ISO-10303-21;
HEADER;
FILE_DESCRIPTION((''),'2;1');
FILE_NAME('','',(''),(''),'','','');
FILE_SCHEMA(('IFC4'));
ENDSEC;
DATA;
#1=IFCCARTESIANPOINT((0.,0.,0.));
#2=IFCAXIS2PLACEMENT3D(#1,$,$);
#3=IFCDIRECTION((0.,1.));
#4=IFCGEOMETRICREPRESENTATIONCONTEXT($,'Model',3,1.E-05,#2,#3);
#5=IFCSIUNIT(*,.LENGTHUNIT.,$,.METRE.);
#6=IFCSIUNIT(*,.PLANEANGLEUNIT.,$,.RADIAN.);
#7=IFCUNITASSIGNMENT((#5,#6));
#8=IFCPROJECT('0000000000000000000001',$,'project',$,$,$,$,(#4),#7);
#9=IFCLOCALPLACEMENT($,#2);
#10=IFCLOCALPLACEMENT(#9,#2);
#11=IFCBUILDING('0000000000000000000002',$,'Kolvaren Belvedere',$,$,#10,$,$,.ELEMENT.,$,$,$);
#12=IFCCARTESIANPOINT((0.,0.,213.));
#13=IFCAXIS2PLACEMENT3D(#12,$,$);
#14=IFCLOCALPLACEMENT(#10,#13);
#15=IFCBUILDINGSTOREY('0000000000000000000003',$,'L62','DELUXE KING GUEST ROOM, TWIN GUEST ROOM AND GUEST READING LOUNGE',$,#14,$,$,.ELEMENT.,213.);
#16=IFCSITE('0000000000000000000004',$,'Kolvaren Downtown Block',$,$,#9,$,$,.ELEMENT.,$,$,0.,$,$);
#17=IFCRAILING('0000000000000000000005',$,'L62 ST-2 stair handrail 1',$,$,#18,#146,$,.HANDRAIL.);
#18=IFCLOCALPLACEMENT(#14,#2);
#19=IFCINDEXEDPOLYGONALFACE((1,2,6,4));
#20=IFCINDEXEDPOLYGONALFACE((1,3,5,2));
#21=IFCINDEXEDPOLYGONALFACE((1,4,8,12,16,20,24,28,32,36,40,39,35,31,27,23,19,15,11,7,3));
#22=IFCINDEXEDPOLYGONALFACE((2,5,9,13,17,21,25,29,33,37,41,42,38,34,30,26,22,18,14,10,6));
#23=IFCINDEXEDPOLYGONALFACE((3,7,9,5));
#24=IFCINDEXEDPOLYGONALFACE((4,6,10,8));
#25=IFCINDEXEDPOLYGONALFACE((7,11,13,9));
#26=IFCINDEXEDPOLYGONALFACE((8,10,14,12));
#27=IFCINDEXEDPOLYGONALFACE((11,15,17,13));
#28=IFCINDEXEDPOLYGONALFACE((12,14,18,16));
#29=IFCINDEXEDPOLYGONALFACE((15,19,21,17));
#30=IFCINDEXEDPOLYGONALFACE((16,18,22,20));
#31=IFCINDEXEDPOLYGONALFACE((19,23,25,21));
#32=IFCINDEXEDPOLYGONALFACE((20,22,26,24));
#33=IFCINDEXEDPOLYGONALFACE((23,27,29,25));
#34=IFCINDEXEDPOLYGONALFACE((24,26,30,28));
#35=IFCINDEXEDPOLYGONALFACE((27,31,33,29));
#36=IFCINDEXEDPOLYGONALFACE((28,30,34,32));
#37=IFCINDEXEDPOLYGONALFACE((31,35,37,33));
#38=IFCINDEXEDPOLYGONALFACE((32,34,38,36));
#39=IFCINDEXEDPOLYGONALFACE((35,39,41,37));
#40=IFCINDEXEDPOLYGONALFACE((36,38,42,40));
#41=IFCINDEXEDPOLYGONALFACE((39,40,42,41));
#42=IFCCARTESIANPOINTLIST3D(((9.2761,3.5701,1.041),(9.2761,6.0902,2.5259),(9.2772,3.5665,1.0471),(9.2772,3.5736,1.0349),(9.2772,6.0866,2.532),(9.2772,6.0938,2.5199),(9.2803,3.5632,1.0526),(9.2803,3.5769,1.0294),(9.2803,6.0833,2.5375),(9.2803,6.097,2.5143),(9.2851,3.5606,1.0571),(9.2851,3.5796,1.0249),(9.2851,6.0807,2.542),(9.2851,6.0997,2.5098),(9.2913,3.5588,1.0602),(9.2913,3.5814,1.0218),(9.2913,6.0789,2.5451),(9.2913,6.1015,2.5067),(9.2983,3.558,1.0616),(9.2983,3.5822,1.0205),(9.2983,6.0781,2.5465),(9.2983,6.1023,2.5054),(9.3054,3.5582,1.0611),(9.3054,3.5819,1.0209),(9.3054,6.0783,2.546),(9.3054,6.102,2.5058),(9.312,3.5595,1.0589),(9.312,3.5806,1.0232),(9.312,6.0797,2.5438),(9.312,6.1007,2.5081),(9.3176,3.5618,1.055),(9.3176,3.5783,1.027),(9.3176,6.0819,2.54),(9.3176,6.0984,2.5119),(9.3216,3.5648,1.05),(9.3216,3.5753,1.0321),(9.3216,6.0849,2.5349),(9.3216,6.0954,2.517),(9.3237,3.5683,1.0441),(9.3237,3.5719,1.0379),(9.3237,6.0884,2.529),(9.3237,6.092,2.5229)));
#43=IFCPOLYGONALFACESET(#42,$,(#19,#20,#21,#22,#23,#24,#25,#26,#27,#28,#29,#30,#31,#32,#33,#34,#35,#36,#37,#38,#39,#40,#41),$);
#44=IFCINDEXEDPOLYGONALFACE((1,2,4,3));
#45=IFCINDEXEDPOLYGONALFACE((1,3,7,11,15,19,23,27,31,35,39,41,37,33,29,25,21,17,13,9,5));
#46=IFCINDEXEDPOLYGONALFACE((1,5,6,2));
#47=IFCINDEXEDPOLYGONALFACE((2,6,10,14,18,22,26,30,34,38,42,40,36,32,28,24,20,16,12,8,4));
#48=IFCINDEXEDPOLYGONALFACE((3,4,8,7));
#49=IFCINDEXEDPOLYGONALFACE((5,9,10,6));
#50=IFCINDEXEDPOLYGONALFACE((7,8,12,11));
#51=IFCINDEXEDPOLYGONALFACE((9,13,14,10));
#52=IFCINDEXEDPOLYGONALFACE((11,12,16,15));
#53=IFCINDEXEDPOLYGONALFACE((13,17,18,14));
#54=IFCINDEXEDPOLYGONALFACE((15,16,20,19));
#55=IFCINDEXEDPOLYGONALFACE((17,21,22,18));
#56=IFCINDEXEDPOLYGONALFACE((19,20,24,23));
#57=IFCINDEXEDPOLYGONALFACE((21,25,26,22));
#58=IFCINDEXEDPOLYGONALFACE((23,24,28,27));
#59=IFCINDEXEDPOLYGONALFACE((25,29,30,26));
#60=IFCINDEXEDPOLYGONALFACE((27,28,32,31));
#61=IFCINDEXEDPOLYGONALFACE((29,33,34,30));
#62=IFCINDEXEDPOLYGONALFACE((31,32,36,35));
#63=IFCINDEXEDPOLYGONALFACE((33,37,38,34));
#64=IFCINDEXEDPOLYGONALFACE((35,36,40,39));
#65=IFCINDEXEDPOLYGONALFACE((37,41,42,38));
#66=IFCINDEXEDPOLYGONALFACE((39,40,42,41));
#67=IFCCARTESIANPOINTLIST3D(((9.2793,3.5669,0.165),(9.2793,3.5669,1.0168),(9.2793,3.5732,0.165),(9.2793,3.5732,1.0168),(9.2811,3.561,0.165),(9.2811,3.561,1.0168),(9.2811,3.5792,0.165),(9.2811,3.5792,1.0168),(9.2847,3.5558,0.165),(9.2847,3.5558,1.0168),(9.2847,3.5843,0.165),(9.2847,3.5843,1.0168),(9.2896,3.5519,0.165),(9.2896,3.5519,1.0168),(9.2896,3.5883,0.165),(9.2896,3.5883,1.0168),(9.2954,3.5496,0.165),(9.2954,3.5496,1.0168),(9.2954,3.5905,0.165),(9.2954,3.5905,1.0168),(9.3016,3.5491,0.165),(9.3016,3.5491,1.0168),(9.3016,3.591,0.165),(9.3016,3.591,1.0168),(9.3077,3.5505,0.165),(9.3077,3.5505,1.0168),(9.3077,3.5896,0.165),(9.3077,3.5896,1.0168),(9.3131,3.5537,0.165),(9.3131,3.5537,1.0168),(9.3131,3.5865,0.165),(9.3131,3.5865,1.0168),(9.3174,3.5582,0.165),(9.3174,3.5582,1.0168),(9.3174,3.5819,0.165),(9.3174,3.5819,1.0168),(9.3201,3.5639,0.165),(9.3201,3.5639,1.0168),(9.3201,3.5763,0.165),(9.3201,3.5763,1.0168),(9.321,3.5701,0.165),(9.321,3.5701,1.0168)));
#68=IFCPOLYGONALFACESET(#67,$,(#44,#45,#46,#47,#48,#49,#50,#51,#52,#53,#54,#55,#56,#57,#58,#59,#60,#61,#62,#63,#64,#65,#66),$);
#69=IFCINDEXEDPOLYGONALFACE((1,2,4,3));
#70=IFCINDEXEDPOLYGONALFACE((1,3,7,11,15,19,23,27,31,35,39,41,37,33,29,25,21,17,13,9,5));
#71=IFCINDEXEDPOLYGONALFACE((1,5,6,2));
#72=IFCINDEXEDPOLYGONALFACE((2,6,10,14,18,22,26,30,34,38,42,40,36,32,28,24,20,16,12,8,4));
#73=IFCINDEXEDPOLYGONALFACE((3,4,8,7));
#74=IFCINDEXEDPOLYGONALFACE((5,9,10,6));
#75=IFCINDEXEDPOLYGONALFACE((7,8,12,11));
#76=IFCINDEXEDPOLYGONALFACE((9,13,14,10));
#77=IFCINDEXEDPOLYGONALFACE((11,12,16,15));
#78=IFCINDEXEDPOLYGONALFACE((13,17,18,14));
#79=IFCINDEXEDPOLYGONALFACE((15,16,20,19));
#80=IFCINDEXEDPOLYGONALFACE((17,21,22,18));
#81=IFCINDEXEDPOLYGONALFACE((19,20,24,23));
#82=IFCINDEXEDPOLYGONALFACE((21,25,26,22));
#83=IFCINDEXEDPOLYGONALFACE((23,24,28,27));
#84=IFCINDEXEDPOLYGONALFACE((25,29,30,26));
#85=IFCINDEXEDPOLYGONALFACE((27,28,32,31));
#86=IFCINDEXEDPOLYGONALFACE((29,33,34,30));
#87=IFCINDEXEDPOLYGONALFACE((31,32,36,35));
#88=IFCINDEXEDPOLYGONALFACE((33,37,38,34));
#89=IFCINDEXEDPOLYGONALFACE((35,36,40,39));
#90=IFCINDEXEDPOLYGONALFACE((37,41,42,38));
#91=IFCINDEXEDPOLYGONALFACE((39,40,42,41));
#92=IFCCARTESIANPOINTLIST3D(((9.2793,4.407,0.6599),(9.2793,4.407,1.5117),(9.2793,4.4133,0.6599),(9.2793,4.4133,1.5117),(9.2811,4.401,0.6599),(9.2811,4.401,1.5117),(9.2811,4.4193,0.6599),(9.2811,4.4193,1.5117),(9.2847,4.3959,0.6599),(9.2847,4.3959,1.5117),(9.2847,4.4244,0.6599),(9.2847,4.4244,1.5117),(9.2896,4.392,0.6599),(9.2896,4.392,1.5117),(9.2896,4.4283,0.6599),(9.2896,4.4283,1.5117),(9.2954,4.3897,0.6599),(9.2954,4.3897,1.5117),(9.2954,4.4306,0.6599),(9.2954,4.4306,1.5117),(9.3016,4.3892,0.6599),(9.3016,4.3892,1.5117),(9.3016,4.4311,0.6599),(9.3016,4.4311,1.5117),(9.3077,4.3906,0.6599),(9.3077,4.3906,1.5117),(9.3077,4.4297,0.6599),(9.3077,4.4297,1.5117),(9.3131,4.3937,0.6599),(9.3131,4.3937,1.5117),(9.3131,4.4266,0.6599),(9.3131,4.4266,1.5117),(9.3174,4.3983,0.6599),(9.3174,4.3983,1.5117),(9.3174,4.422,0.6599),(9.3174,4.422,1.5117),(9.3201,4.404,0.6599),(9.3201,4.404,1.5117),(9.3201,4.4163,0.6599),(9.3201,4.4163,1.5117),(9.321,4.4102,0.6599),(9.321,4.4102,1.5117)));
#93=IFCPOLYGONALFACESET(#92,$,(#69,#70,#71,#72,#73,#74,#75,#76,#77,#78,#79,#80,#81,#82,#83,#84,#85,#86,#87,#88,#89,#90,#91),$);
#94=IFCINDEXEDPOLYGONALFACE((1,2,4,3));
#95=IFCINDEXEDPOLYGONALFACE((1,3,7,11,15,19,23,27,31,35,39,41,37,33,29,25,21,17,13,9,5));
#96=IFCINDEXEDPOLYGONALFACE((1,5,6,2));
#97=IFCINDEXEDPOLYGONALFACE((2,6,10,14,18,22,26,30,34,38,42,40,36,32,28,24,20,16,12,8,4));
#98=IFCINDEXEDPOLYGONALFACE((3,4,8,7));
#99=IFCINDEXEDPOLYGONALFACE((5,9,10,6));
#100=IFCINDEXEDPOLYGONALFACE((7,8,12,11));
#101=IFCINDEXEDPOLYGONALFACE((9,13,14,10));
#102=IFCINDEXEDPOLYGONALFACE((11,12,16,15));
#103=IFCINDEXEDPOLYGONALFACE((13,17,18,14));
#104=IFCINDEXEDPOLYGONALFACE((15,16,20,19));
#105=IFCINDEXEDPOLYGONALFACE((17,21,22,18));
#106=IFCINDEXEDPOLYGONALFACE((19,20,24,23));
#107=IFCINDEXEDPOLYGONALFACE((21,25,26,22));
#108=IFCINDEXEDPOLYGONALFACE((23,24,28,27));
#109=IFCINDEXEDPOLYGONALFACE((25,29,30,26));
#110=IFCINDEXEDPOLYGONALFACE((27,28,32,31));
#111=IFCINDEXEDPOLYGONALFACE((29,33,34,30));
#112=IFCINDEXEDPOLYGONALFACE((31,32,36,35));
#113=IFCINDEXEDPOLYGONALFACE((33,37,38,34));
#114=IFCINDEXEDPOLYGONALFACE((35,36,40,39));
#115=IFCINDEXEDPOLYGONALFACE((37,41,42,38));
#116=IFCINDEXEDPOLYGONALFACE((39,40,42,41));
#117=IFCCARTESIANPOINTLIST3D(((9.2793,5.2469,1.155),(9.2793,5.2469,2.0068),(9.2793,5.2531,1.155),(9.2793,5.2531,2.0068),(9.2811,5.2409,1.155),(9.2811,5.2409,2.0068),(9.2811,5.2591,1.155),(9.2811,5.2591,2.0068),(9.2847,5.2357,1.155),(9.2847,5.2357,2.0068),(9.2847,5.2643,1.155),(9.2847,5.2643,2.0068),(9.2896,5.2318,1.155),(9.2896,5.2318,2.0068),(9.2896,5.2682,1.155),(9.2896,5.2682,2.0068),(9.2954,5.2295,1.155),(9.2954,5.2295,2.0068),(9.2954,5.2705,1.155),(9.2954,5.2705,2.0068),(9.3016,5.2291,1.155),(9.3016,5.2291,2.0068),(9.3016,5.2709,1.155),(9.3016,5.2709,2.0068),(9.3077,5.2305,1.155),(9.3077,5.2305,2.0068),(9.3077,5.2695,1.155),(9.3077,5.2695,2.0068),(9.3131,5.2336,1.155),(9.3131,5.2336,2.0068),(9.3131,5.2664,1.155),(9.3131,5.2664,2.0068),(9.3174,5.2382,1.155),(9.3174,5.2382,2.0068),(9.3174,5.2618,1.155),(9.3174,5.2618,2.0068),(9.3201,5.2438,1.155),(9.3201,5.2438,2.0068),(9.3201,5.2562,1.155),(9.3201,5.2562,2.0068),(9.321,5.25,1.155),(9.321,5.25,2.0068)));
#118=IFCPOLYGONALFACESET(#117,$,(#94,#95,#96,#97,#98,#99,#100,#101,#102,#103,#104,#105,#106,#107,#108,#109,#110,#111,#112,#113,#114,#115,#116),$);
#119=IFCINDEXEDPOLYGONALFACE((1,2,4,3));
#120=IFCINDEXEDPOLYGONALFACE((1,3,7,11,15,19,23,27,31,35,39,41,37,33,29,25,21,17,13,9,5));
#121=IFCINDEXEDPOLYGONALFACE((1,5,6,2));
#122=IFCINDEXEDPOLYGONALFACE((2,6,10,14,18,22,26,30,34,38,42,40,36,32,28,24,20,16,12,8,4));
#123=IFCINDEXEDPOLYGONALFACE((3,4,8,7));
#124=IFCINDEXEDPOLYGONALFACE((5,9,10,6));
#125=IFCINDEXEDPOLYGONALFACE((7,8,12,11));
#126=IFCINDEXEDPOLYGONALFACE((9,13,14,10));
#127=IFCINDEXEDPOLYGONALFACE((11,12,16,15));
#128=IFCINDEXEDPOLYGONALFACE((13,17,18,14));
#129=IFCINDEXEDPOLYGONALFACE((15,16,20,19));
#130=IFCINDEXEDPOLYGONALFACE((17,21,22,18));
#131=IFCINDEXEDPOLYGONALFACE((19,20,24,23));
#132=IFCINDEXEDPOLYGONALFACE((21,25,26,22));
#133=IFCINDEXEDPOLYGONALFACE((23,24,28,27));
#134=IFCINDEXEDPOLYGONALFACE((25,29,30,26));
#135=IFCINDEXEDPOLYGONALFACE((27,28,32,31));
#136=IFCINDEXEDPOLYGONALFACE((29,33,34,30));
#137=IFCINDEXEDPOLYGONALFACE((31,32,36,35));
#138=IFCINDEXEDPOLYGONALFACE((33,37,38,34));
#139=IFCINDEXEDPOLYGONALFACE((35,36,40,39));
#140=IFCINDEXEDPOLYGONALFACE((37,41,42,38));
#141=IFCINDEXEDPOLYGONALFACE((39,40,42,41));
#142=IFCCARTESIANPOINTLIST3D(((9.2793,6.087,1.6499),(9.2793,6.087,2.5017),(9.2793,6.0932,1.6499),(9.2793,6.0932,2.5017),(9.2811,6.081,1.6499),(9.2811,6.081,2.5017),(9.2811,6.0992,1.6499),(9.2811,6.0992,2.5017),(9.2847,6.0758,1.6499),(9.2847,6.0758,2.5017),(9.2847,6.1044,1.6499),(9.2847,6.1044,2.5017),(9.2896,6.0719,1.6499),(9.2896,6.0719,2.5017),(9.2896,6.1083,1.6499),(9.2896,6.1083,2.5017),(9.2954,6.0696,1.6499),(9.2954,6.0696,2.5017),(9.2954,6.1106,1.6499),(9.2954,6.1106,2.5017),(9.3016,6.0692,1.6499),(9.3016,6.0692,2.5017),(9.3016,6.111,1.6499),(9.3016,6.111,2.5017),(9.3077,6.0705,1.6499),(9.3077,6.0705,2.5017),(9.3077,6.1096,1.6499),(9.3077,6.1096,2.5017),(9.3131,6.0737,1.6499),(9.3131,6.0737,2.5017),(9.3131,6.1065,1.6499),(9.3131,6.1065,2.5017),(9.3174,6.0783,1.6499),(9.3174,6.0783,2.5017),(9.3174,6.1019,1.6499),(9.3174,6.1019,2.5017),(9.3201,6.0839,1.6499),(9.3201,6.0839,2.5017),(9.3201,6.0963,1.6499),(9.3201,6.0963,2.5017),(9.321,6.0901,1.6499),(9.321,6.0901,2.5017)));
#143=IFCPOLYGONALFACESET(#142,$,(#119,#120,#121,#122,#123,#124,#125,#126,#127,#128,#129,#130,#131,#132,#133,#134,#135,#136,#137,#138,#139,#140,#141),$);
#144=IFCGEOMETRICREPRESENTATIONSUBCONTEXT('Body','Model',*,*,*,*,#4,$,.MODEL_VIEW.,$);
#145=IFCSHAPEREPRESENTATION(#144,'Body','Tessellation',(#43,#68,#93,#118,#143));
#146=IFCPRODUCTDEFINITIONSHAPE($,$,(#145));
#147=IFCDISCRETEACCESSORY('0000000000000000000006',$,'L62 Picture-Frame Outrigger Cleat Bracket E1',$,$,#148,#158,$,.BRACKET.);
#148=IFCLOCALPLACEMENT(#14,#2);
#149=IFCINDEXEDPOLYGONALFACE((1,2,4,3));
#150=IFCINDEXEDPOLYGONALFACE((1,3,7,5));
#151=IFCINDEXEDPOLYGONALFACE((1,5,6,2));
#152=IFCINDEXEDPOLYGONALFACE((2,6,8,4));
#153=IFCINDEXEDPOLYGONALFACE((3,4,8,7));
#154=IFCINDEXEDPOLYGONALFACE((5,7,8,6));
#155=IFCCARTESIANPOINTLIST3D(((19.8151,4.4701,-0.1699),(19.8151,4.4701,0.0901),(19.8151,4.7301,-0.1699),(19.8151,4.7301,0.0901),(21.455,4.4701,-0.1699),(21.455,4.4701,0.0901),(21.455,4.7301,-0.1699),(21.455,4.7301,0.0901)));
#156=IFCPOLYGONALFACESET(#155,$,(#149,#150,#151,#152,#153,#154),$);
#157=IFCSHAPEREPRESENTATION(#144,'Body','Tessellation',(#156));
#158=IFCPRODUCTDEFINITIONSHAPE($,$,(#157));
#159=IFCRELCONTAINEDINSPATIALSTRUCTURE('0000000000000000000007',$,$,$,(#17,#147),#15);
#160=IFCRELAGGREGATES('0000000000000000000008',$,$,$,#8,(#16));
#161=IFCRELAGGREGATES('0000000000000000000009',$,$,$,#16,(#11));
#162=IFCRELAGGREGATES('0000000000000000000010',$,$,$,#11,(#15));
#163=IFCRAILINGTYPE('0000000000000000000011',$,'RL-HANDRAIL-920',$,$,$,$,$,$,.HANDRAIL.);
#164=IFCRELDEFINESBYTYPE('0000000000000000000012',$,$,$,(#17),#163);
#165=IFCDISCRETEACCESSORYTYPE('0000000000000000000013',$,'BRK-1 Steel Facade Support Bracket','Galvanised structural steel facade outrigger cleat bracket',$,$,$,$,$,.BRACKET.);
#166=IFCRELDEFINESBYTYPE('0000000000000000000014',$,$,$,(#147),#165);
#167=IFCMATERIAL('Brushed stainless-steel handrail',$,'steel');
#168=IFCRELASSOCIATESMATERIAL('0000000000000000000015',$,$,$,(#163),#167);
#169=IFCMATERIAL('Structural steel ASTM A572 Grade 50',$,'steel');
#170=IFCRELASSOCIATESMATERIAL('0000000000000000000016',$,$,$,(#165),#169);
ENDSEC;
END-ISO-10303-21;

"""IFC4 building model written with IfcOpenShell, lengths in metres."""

from ifc_helpers import new_model, si_unit, direction, frame, origin, origin_2d, place, context, subcontext, project, spatial, rectangle, circle, extrude, material, type_object, element, save


model = new_model("IFC4")

# Units and contexts
model_context = context("Model", 3, precision=1e-05, world=origin(), true_north=direction((0.0, 1.0)))
body_context = subcontext(model_context, "Body", "Model", "MODEL_VIEW")
ifc_project = project(units=[si_unit("LENGTHUNIT", "METRE"), si_unit("PLANEANGLEUNIT", "RADIAN")], contexts=[model_context])

# Site, building, storey
site_placement = place(None, origin())
site = spatial("IfcSite", under=ifc_project, at=site_placement, Name="Kolvaren Downtown Block", CompositionType="ELEMENT", RefElevation=0.0)
building_placement = place(site_placement, origin())
building = spatial("IfcBuilding", under=site, at=building_placement, Name="Kolvaren Belvedere", CompositionType="ELEMENT")
storey_placement = place(building_placement, frame((0.0, 0.0, 213.0)))
storey = spatial("IfcBuildingStorey", under=building, at=storey_placement, Name="L62", Description="DELUXE KING GUEST ROOM, TWIN GUEST ROOM AND GUEST READING LOUNGE", CompositionType="ELEMENT", Elevation=213.0)

# Railing
ifc_material_1 = material(Name="Brushed stainless-steel handrail", Category="steel")
railing_type = type_object("IfcRailingType", Name="RL-HANDRAIL-920", PredefinedType="HANDRAIL", material=ifc_material_1)
railing_placement = place(storey_placement, frame((9.3, 3.5701, 0.165)))
element("IfcRailing", 1, at=railing_placement, inside=storey, type_object=railing_type, Name="L62 ST-2 stair handrail 1", PredefinedType="HANDRAIL", context=body_context, shape_type="SweptSolid", body=[
    extrude(circle(Radius=0.0239, at=origin_2d()), frame((0.0, 0.0, 0.876), z_axis=(0.0, 0.861561, 0.507655), x_axis=(-1.0, 0.0, 0.0)), (0.0, 0.0, 1.0), 2.925),
    extrude(circle(Radius=0.021, at=origin_2d()), origin(), (0.0, 0.0, 1.0), 0.8518),
    extrude(circle(Radius=0.021, at=origin_2d()), frame((0.0, 0.8401, 0.4949)), (0.0, 0.0, 1.0), 0.8518),
    extrude(circle(Radius=0.021, at=origin_2d()), frame((0.0, 1.6799, 0.99)), (0.0, 0.0, 1.0), 0.8518),
    extrude(circle(Radius=0.021, at=origin_2d()), frame((0.0, 2.52, 1.4849)), (0.0, 0.0, 1.0), 0.8518),
])

# Discrete accessory
ifc_material_2 = material(Name="Structural steel ASTM A572 Grade 50", Category="steel")
discrete_accessory_type = type_object("IfcDiscreteAccessoryType", Name="BRK-1 Steel Facade Support Bracket", Description="Galvanised structural steel facade outrigger cleat bracket", PredefinedType="BRACKET", material=ifc_material_2)
discrete_accessory_placement = place(storey_placement, frame((20.635, 4.6001, -0.1699), z_axis=(0.0, 0.0, 1.0), x_axis=(1.0, 0.0, 0.0)))
element("IfcDiscreteAccessory", 2, at=discrete_accessory_placement, inside=storey, type_object=discrete_accessory_type, Name="L62 Picture-Frame Outrigger Cleat Bracket E1", PredefinedType="BRACKET", context=body_context, shape_type="SweptSolid", body=[
    extrude(rectangle(XDim=1.6399, YDim=0.26, at=origin_2d()), origin(), (0.0, 0.0, 1.0), 0.26),
])

save(model, "model.ifc")
